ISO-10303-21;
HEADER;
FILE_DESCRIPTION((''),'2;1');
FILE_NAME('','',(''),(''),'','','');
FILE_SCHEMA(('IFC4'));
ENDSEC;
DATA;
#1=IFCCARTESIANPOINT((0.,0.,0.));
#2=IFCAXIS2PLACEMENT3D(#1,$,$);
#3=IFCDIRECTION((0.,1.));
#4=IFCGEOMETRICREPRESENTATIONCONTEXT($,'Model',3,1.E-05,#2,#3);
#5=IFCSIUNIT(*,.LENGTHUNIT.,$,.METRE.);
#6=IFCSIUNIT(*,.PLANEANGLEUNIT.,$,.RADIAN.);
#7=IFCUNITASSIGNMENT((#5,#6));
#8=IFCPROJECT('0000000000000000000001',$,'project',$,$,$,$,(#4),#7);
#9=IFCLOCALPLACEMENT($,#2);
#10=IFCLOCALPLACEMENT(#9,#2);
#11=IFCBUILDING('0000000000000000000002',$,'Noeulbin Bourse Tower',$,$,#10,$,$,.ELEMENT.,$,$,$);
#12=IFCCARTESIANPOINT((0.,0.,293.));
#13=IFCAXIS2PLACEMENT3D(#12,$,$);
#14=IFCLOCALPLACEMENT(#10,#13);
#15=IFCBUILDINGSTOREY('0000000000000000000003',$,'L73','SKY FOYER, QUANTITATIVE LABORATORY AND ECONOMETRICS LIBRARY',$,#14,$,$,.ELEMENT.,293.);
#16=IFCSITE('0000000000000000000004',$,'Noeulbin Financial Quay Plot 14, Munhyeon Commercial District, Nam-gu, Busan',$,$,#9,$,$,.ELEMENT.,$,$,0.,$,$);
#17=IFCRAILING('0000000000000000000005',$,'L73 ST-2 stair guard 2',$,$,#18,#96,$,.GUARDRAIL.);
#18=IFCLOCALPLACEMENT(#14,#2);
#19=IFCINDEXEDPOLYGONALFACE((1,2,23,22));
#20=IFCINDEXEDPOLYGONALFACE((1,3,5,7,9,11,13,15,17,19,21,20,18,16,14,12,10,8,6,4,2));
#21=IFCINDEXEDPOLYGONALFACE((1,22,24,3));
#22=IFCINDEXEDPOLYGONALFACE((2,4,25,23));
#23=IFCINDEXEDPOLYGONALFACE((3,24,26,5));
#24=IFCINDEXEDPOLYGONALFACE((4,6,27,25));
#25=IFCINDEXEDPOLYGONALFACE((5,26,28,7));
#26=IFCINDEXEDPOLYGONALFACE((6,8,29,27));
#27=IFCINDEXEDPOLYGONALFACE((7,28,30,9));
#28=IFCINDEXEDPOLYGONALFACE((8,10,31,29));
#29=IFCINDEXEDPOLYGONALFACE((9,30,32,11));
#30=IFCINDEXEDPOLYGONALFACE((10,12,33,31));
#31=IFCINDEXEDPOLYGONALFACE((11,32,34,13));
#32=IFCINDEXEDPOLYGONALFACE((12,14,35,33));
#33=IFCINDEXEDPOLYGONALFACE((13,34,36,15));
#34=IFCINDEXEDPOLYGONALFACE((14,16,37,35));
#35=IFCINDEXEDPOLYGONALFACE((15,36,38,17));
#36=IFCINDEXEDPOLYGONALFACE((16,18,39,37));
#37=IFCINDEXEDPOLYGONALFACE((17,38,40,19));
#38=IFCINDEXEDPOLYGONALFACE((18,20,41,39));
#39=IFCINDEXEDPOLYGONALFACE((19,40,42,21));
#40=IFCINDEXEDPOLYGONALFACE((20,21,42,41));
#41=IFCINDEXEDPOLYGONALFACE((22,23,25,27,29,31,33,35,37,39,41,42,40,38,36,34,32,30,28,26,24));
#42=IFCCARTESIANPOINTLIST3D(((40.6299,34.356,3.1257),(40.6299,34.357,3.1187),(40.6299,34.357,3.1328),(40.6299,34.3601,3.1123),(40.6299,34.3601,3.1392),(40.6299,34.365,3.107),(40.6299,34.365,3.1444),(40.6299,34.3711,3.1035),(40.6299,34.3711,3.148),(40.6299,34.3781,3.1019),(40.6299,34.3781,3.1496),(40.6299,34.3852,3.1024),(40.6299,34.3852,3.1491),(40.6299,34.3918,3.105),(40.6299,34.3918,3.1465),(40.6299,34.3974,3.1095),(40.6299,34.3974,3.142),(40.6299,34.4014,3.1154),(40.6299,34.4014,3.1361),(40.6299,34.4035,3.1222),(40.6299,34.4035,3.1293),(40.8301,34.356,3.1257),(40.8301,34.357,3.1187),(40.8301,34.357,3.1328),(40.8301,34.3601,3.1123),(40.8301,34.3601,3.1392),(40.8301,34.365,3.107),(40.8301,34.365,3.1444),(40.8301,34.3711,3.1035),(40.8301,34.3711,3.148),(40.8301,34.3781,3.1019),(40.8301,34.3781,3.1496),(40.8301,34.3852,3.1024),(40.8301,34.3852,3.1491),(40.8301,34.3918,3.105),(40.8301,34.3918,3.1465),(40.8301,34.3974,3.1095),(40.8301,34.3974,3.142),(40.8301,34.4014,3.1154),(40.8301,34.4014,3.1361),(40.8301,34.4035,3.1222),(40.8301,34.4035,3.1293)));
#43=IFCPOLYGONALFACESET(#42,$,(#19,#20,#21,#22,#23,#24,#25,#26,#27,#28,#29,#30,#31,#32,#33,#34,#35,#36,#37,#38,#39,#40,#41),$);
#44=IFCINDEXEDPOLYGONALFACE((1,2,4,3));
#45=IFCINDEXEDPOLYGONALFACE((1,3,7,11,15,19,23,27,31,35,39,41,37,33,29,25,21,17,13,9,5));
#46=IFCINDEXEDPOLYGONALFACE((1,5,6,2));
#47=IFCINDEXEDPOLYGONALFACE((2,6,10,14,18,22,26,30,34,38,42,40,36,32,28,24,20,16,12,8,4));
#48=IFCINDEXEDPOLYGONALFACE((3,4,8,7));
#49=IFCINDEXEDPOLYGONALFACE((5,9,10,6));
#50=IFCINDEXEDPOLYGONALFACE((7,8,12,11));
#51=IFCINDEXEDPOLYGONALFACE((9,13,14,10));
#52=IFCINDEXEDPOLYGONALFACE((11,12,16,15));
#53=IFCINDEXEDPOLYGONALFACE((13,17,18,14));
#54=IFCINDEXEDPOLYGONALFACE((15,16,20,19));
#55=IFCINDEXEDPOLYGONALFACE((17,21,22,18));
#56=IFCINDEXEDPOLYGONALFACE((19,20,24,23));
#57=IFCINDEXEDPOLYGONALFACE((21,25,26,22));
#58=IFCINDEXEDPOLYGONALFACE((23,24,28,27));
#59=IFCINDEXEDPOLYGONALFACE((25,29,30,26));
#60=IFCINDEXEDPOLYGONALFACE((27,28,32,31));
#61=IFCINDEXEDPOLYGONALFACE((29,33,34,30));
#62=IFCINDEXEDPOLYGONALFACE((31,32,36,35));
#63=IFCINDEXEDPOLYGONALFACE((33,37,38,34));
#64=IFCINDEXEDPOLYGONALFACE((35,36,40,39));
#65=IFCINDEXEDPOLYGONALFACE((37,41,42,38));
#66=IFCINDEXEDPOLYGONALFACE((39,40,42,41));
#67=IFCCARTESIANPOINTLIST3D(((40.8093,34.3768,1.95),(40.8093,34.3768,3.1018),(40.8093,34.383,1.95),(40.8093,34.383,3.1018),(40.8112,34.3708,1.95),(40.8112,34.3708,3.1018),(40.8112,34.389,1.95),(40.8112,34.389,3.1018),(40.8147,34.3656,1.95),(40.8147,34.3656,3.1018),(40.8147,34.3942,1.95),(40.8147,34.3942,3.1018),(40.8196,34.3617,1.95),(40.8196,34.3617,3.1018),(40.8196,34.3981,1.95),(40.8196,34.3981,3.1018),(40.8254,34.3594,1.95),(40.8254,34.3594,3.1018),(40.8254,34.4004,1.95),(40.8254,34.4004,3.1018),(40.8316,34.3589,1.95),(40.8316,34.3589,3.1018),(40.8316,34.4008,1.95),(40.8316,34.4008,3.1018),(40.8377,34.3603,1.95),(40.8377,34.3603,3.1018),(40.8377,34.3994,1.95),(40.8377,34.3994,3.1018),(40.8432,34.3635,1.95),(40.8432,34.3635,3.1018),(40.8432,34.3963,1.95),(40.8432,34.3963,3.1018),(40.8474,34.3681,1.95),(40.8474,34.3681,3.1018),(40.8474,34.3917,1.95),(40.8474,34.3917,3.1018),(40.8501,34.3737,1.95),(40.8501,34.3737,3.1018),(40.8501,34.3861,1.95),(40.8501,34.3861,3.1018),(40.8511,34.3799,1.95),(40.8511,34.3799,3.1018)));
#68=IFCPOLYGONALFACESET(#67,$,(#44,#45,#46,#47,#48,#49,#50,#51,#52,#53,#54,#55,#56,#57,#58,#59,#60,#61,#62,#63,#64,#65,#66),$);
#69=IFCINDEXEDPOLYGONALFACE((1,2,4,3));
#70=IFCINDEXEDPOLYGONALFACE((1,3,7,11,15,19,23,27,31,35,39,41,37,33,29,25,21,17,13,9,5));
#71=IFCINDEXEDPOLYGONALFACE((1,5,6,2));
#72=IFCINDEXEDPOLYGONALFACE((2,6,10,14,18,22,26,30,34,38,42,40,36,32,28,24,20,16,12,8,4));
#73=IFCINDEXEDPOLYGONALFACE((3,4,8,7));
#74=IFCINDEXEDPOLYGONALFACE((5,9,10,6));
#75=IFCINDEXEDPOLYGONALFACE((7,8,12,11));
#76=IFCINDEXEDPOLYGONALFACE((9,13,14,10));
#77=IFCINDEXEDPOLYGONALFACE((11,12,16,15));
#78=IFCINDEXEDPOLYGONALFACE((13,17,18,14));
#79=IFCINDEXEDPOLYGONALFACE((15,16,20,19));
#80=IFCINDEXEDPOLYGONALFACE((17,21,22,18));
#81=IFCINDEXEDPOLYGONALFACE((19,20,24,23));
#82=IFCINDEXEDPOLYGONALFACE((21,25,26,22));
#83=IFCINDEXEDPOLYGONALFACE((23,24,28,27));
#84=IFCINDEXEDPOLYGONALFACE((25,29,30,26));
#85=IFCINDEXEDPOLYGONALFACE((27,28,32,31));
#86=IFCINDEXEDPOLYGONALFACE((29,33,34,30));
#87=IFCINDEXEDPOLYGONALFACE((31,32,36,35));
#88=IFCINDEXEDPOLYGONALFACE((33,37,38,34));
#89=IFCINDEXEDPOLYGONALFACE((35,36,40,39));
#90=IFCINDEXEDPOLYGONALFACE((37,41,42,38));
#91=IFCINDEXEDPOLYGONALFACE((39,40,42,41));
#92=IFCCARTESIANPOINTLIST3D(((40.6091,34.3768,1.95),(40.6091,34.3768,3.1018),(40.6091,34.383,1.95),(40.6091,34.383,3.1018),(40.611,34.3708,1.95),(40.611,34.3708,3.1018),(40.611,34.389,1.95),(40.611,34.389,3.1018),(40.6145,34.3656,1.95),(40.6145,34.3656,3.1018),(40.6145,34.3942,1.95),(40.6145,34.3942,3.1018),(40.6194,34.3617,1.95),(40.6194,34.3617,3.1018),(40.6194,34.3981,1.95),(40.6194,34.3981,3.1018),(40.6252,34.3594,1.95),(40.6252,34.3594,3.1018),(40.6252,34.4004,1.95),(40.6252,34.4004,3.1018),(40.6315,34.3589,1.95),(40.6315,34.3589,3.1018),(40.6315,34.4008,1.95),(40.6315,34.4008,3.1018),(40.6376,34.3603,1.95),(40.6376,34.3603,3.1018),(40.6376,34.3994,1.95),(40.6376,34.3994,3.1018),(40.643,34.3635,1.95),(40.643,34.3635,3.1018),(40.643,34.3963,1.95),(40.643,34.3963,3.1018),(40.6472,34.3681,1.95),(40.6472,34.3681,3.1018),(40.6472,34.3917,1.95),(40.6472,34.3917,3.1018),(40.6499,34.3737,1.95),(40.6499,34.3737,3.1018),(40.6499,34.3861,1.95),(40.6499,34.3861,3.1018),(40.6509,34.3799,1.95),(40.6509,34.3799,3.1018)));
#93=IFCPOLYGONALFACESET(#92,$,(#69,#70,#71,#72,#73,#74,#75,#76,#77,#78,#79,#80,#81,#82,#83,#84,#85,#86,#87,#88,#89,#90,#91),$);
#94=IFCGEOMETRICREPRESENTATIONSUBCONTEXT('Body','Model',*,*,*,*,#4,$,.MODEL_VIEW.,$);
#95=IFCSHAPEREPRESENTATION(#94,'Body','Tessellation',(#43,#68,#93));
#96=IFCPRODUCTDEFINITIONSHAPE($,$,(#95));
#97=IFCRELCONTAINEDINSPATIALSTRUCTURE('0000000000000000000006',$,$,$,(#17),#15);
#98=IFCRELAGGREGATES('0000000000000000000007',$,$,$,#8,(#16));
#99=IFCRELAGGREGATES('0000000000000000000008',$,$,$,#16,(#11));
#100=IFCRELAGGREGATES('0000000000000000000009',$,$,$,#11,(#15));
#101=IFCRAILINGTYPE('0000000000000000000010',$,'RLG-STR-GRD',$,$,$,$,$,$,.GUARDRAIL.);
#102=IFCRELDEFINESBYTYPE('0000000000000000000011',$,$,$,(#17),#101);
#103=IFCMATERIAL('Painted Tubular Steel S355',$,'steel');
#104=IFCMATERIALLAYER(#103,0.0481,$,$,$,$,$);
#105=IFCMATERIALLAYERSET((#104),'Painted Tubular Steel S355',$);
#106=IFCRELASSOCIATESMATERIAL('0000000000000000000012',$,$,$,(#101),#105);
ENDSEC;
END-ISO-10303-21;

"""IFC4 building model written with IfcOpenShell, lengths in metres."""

from ifc_helpers import new_model, si_unit, direction, frame, origin, origin_2d, place, context, subcontext, project, spatial, circle, extrude, material, layer, layer_set, type_object, element, save


model = new_model("IFC4")

# Units and contexts
model_context = context("Model", 3, precision=1e-05, world=origin(), true_north=direction((0.0, 1.0)))
body_context = subcontext(model_context, "Body", "Model", "MODEL_VIEW")
ifc_project = project(units=[si_unit("LENGTHUNIT", "METRE"), si_unit("PLANEANGLEUNIT", "RADIAN")], contexts=[model_context])

# Site, building, storey
site_placement = place(None, origin())
site = spatial("IfcSite", under=ifc_project, at=site_placement, Name="Noeulbin Financial Quay Plot 14, Munhyeon Commercial District, Nam-gu, Busan", CompositionType="ELEMENT", RefElevation=0.0)
building_placement = place(site_placement, origin())
building = spatial("IfcBuilding", under=site, at=building_placement, Name="Noeulbin Bourse Tower", CompositionType="ELEMENT")
storey_placement = place(building_placement, frame((0.0, 0.0, 293.0)))
storey = spatial("IfcBuildingStorey", under=building, at=storey_placement, Name="L73", Description="SKY FOYER, QUANTITATIVE LABORATORY AND ECONOMETRICS LIBRARY", CompositionType="ELEMENT", Elevation=293.0)

# Railing
ifc_material_1 = material(Name="Painted Tubular Steel S355", Category="steel")
ifc_layer_1 = layer(ifc_material_1, 0.0481)
ifc_layer_set_1 = layer_set([ifc_layer_1], Name="Painted Tubular Steel S355")
railing_type_1 = type_object("IfcRailingType", Name="RLG-STR-GRD", PredefinedType="GUARDRAIL", material=ifc_layer_set_1)
railing_1_placement = place(storey_placement, frame((40.8301, 34.3799, 1.95)))
element("IfcRailing", 1, at=railing_1_placement, inside=storey, type_object=railing_type_1, Name="L73 ST-2 stair guard 2", PredefinedType="GUARDRAIL", context=body_context, shape_type="SweptSolid", body=[
    extrude(circle(Radius=0.0239, at=origin_2d()), frame((0.0, 0.0, 1.1758), z_axis=(-1.0, 0.0, 0.0), x_axis=(0.0, -1.0, 0.0)), (0.0, 0.0, 1.0), 0.2002),
    extrude(circle(Radius=0.021, at=origin_2d()), origin(), (0.0, 0.0, 1.0), 1.1519),
    extrude(circle(Radius=0.021, at=origin_2d()), frame((-0.2002, 0.0, 0.0)), (0.0, 0.0, 1.0), 1.1519),
])

save(model, "model.ifc")
